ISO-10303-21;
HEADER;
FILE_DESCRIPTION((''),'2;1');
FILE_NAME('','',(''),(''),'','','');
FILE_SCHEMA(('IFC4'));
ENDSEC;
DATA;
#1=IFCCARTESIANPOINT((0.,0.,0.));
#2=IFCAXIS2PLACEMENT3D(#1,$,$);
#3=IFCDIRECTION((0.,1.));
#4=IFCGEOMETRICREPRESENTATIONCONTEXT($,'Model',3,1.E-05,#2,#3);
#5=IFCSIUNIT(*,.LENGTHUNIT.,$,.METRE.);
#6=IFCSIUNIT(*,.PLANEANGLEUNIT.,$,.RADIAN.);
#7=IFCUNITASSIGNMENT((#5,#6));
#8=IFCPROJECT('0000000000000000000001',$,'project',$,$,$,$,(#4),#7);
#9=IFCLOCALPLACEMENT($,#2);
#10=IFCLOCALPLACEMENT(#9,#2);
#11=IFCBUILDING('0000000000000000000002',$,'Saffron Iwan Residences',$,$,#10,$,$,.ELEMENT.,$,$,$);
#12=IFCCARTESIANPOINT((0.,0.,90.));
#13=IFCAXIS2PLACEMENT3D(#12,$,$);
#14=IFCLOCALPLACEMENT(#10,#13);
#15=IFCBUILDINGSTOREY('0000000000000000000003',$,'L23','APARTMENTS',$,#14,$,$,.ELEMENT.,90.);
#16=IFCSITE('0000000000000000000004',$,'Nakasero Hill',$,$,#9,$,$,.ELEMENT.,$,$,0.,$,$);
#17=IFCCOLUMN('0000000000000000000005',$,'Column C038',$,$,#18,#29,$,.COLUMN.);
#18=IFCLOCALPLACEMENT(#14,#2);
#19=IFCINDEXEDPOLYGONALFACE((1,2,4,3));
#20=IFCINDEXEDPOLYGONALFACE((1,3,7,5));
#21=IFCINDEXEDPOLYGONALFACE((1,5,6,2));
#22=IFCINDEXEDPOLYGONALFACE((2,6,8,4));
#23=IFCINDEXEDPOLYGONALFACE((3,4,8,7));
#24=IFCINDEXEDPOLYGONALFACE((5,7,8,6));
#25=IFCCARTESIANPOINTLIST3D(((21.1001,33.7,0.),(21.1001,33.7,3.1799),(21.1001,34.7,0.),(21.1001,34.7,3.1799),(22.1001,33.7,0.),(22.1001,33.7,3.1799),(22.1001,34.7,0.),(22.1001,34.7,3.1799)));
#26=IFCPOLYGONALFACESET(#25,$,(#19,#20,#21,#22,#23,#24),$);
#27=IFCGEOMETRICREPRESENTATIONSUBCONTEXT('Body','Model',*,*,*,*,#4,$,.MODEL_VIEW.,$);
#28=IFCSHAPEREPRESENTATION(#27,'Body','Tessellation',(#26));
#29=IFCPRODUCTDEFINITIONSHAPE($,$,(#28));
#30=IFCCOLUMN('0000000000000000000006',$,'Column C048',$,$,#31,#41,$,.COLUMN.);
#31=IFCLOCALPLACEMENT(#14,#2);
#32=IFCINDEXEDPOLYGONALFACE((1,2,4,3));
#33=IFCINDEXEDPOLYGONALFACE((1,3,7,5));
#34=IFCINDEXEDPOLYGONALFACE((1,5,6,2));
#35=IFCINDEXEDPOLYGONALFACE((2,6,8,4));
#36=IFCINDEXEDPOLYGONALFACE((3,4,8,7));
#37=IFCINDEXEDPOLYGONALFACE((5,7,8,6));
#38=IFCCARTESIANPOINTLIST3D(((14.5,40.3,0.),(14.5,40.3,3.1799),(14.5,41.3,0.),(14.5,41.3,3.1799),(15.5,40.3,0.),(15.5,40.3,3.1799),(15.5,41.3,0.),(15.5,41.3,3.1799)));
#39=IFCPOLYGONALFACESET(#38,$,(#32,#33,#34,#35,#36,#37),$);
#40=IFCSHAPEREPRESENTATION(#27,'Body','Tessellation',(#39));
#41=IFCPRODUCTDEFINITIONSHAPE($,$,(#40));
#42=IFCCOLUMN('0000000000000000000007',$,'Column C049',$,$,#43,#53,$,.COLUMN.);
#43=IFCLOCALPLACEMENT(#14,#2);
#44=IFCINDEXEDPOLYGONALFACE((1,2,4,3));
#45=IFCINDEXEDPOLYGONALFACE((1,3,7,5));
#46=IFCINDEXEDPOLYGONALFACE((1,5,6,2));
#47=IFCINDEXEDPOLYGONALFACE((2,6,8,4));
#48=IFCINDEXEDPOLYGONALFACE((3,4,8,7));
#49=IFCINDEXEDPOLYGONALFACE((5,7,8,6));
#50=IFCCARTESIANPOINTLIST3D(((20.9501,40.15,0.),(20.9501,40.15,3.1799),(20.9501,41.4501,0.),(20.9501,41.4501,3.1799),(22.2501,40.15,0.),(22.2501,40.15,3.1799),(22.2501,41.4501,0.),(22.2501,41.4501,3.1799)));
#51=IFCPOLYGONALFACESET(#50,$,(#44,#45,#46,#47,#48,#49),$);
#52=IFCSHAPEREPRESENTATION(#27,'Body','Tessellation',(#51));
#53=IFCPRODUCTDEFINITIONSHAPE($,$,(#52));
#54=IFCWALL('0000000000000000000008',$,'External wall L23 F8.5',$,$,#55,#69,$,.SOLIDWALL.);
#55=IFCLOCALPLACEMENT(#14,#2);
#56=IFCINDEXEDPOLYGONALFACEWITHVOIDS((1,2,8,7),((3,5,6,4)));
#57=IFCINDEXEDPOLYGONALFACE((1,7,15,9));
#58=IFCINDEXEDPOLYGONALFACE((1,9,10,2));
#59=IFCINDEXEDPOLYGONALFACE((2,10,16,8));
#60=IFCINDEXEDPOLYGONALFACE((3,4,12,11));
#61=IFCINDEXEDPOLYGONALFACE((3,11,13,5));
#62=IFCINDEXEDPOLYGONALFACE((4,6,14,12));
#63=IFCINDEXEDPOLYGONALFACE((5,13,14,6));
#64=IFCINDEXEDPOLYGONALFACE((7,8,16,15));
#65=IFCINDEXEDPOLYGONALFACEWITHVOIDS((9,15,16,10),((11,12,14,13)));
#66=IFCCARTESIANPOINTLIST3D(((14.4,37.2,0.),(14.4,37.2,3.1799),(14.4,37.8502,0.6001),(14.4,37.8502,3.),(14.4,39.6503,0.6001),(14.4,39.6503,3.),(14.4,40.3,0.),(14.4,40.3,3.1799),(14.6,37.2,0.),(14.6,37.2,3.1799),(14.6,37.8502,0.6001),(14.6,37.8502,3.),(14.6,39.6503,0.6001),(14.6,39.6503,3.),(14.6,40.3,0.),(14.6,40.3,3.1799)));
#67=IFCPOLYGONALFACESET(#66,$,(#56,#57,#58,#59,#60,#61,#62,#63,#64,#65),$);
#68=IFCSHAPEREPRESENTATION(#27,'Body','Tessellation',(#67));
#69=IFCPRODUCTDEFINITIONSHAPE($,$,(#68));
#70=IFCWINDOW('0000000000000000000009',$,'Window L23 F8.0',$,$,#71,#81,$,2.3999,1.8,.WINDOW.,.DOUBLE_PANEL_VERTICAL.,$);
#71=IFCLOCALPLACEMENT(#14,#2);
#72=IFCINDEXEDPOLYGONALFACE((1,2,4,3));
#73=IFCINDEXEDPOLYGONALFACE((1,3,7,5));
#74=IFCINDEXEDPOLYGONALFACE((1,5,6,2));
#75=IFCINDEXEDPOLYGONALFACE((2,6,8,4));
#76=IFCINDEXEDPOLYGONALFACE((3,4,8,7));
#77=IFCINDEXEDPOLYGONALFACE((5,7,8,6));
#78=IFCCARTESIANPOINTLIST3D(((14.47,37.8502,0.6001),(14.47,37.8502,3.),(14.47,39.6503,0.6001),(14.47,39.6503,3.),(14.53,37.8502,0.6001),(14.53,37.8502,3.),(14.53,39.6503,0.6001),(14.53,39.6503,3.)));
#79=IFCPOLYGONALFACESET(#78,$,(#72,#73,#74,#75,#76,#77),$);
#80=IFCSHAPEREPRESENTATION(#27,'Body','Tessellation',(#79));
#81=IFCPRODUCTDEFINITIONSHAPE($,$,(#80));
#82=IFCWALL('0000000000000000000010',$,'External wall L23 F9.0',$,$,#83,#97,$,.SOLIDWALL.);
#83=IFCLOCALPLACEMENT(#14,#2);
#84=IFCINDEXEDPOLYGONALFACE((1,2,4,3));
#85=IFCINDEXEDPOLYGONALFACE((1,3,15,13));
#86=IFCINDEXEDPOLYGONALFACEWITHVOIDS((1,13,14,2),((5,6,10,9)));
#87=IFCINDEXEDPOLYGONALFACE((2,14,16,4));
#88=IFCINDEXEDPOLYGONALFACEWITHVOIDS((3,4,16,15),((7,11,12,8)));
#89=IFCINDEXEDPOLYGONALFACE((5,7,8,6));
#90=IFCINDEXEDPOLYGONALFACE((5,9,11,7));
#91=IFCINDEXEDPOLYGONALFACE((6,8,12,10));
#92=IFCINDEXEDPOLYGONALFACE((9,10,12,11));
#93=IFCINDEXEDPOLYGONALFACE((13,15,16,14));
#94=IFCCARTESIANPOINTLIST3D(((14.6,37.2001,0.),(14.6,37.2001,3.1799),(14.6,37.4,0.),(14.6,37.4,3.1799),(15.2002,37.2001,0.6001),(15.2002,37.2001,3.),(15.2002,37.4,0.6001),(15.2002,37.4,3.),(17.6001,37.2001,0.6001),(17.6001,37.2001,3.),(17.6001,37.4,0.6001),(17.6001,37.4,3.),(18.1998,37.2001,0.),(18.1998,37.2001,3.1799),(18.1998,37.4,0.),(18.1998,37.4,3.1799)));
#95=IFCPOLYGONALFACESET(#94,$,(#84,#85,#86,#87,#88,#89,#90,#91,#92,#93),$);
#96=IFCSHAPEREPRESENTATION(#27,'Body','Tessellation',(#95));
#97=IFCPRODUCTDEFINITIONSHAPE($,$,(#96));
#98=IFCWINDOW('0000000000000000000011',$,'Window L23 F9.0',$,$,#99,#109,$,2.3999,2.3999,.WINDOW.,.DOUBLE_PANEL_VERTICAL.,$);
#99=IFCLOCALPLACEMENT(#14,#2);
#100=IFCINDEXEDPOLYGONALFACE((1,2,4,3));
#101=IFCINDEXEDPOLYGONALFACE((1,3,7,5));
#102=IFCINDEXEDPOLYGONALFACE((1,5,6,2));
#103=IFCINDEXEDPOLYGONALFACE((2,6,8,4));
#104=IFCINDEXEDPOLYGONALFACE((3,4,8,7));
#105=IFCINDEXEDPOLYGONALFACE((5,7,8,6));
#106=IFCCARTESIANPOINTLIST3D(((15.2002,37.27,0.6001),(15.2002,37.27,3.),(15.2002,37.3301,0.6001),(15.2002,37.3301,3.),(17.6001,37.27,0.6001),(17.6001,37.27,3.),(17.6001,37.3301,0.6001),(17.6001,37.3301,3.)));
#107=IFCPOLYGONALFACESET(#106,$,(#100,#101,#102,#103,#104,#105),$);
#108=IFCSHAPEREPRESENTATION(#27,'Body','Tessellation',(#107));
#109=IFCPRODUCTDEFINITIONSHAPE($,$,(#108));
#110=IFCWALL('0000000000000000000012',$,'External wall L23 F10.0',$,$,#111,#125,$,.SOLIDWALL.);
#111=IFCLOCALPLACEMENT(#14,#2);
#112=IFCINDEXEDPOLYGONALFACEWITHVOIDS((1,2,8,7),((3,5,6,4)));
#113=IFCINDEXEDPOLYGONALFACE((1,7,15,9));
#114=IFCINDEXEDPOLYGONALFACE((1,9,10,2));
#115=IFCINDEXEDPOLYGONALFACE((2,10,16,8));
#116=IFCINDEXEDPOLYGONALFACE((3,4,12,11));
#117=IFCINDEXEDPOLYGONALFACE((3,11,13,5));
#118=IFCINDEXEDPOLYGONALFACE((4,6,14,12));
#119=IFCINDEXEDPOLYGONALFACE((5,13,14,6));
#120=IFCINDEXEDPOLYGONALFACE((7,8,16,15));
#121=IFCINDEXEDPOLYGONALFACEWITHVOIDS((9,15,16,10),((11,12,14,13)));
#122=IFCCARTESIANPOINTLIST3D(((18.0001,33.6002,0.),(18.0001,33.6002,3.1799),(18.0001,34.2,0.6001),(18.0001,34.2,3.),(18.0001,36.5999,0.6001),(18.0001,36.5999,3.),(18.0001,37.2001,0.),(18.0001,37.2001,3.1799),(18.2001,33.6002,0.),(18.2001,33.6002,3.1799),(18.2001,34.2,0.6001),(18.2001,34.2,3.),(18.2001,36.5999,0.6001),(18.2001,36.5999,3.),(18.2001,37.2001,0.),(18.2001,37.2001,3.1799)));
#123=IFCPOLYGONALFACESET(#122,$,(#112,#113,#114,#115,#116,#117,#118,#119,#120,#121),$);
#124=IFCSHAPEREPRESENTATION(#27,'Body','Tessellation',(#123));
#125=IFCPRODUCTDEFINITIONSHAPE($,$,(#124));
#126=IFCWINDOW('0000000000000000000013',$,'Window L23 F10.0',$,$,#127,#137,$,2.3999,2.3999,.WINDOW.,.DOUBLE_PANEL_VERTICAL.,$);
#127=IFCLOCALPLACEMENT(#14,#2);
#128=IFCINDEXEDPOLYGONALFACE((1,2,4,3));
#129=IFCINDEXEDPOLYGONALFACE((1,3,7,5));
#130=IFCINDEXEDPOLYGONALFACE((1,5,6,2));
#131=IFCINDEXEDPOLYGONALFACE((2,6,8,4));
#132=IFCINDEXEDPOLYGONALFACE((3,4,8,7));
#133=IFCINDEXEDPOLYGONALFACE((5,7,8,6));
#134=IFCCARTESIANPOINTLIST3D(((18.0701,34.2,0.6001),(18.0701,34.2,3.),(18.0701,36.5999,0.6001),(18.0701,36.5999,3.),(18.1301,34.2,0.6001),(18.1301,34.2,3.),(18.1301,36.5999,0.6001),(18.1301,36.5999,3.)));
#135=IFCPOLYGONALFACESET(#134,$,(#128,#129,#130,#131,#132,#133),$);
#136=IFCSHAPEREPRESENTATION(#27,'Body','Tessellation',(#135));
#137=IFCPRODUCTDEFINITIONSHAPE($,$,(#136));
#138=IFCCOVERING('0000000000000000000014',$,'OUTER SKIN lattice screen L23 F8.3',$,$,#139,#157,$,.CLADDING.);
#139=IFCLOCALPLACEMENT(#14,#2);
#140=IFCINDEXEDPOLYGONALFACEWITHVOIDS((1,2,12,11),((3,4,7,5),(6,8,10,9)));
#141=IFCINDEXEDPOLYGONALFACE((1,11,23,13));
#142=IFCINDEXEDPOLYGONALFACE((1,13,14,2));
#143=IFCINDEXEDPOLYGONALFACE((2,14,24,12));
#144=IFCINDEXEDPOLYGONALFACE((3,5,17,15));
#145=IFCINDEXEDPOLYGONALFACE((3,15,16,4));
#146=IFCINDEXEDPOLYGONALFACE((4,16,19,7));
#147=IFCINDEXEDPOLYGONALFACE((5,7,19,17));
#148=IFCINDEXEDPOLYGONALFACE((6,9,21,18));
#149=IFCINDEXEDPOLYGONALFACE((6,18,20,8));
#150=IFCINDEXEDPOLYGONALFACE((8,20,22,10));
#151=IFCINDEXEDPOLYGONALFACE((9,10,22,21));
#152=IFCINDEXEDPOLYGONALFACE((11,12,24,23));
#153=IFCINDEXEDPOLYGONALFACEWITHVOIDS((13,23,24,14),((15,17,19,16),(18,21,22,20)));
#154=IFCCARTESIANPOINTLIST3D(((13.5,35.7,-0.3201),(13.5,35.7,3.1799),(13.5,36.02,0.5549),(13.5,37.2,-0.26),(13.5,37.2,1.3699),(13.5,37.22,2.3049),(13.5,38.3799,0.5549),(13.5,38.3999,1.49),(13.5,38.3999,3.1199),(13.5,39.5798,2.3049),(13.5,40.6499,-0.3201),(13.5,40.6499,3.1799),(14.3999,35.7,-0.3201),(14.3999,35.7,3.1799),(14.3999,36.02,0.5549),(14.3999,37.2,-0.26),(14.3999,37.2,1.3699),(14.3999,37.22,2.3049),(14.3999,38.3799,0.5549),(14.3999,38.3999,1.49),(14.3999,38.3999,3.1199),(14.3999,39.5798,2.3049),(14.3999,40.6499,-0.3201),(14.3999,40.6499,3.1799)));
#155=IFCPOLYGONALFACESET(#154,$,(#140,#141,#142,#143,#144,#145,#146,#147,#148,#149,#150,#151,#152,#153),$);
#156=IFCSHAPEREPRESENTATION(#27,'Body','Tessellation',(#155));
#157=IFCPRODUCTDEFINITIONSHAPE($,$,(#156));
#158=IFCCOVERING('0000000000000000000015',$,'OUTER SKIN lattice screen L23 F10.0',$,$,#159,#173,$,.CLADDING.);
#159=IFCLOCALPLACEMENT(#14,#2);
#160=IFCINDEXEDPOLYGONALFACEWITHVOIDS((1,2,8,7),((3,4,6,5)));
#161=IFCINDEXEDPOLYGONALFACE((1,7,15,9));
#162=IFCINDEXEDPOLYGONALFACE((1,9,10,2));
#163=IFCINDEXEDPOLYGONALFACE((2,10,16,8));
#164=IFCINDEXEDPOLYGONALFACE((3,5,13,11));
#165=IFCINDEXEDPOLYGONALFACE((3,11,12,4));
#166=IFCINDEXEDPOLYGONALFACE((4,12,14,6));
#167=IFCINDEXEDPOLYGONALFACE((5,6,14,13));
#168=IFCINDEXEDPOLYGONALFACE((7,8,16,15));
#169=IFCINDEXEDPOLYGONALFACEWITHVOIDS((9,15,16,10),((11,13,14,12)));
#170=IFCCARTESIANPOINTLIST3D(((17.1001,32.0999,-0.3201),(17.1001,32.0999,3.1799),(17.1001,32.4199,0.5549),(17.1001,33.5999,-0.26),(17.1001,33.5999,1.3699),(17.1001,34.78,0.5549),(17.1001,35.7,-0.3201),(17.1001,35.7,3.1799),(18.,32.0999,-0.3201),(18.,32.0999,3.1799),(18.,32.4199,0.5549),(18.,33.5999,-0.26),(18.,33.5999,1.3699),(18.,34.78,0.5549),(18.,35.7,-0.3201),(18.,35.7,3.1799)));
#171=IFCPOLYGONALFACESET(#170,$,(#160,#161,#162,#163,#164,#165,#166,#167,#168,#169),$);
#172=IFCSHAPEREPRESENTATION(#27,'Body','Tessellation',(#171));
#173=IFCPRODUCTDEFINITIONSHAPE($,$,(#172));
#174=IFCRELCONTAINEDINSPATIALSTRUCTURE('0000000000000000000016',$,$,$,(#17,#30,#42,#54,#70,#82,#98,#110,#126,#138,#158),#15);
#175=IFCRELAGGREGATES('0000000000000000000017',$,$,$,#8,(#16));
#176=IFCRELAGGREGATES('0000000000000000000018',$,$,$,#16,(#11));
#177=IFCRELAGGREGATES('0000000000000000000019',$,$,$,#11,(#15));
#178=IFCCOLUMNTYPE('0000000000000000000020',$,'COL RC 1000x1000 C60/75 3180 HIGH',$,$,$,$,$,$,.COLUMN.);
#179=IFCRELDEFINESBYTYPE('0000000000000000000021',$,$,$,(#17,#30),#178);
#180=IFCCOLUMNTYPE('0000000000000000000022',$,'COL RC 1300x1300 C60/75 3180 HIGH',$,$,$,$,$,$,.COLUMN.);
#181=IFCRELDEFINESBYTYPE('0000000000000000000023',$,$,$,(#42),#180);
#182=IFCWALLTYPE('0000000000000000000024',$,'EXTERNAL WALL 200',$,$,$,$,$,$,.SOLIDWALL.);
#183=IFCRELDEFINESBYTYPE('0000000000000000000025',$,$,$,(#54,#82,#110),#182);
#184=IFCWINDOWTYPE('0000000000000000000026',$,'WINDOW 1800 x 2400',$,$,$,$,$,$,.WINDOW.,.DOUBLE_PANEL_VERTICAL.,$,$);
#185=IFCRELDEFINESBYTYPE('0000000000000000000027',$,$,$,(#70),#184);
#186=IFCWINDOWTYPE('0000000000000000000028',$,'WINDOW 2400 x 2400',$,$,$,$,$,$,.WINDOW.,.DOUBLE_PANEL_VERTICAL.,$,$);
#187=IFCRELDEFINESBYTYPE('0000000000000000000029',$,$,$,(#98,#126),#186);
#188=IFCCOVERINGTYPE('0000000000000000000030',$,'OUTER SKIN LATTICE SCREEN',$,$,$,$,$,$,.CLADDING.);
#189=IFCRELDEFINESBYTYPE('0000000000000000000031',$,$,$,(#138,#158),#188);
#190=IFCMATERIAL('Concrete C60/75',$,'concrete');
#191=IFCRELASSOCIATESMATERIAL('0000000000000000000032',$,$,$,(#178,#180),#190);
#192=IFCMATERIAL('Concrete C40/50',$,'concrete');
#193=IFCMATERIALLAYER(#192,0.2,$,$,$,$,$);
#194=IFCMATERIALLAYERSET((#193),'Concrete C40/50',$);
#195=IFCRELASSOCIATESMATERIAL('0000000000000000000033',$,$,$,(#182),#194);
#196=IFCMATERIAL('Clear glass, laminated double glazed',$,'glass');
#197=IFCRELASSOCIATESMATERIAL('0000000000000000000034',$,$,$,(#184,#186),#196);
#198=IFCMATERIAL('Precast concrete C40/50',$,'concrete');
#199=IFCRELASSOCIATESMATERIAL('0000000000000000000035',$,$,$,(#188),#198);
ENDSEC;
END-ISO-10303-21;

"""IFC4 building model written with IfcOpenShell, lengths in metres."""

from ifc_helpers import new_model, si_unit, direction, frame, frame_2d, origin, origin_2d, place, context, subcontext, project, spatial, polyline, rectangle, outline, extrude, source, transform, mapped, material, layer, layer_set, material_profile, profile_set, type_object, element, fill, save


model = new_model("IFC4")

# Units and contexts
model_context = context("Model", 3, precision=1e-05, world=origin(), true_north=direction((0.0, 1.0)))
body_context = subcontext(model_context, "Body", "Model", "MODEL_VIEW")
ifc_project = project(units=[si_unit("LENGTHUNIT", "METRE"), si_unit("PLANEANGLEUNIT", "RADIAN")], contexts=[model_context])

# Site, building, storey
site_placement = place(None, origin())
site = spatial("IfcSite", under=ifc_project, at=site_placement, Name="Nakasero Hill", CompositionType="ELEMENT", RefElevation=0.0)
building_placement = place(site_placement, origin())
building = spatial("IfcBuilding", under=site, at=building_placement, Name="Saffron Iwan Residences", CompositionType="ELEMENT")
storey_placement = place(building_placement, frame((0.0, 0.0, 90.0)))
storey = spatial("IfcBuildingStorey", under=building, at=storey_placement, Name="L23", Description="APARTMENTS", CompositionType="ELEMENT", Elevation=90.0)

# Columns
ifc_material_1 = material(Name="Concrete C60/75", Category="concrete")
ifc_material_profile_1 = material_profile(ifc_material_1, rectangle(XDim=1.0, YDim=1.0, at=origin_2d()), Name="RC 1000x1000")
ifc_profile_set_1 = profile_set([ifc_material_profile_1], Name="Concrete C60/75")
column_type_1 = type_object("IfcColumnType", Name="COL RC 1000x1000 C60/75 3180 HIGH", PredefinedType="COLUMN", material=ifc_profile_set_1)
shared_shape_1 = source(origin(), body_context, "Body", "SweptSolid", [
    extrude(rectangle(XDim=1.0, YDim=1.0, at=origin_2d()), origin(), (0.0, 0.0, 1.0), 3.1799),
])
for number, where, z_axis, x_axis, name in (
    (1, (21.6001, 34.2, 0.0), (0.0, 0.0, 1.0), (1.0, 0.0, 0.0), "Column C038"),
    (2, (15.0, 40.8, 0.0), (0.0, 0.0, 1.0), (1.0, 0.0, 0.0), "Column C048"),
):
    element("IfcColumn", number, at=place(storey_placement, frame(where, z_axis=z_axis, x_axis=x_axis)), inside=storey, type_object=column_type_1, Name=name, PredefinedType="COLUMN", context=body_context, shape_type="MappedRepresentation", body=[
        mapped(shared_shape_1, transform((0.0, 0.0, 0.0))),
    ])
ifc_material_profile_2 = material_profile(ifc_material_1, rectangle(XDim=1.3, YDim=1.3, at=origin_2d()), Name="RC 1300x1300")
ifc_profile_set_2 = profile_set([ifc_material_profile_2], Name="Concrete C60/75")
column_type_2 = type_object("IfcColumnType", Name="COL RC 1300x1300 C60/75 3180 HIGH", PredefinedType="COLUMN", material=ifc_profile_set_2)
shared_shape_2 = source(origin(), body_context, "Body", "SweptSolid", [
    extrude(rectangle(XDim=1.3, YDim=1.3, at=origin_2d()), origin(), (0.0, 0.0, 1.0), 3.1799),
])
column_placement = place(storey_placement, frame((21.6001, 40.8, 0.0), z_axis=(0.0, 0.0, 1.0), x_axis=(1.0, 0.0, 0.0)))
element("IfcColumn", 3, at=column_placement, inside=storey, type_object=column_type_2, Name="Column C049", PredefinedType="COLUMN", context=body_context, shape_type="MappedRepresentation", body=[
    mapped(shared_shape_2, transform((0.0, 0.0, 0.0))),
])

# Walls, openings, windows
ifc_material_2 = material(Name="Concrete C40/50", Category="concrete")
ifc_layer = layer(ifc_material_2, 0.2)
ifc_layer_set = layer_set([ifc_layer], Name="Concrete C40/50")
wall_type = type_object("IfcWallType", Name="EXTERNAL WALL 200", PredefinedType="SOLIDWALL", material=ifc_layer_set)
wall_1_placement = place(storey_placement, frame((14.5, 40.3, 0.0), z_axis=(0.0, 0.0, 1.0), x_axis=(0.0, -1.0, 0.0)))
wall_1 = element("IfcWall", 4, at=wall_1_placement, inside=storey, type_object=wall_type, Name="External wall L23 F8.5", PredefinedType="SOLIDWALL", context=body_context, shape_type="SweptSolid", body=[
    extrude(rectangle(XDim=3.1001, YDim=0.2, at=frame_2d((1.55, 0.0))), origin(), (0.0, 0.0, 1.0), 3.1799),
])
opening_1_placement = place(wall_1_placement, frame((0.6499, 0.0, 0.6001)))
opening_1 = element("IfcOpeningElement", 5, at=opening_1_placement, cuts=wall_1, PredefinedType="OPENING", context=body_context, shape_type="SweptSolid", body=[
    extrude(rectangle(XDim=1.8, YDim=2.3999, at=frame_2d((0.8999, 1.2))), frame((0.0, 0.1099, 0.0), z_axis=(0.0, -1.0, 0.0), x_axis=(1.0, 0.0, 0.0)), (0.0, 0.0, 1.0), 0.22),
])
ifc_material_3 = material(Name="Clear glass, laminated double glazed", Category="glass")
window_type_1 = type_object("IfcWindowType", Name="WINDOW 1800 x 2400", PartitioningType="DOUBLE_PANEL_VERTICAL", PredefinedType="WINDOW", material=ifc_material_3)
window_1_placement = place(opening_1_placement, origin())
window_1 = element("IfcWindow", 6, at=window_1_placement, inside=storey, type_object=window_type_1, Name="Window L23 F8.0", OverallHeight=2.3999, OverallWidth=1.8, PartitioningType="DOUBLE_PANEL_VERTICAL", PredefinedType="WINDOW", context=body_context, shape_type="SweptSolid", body=[
    extrude(rectangle(XDim=1.8, YDim=2.3999, at=frame_2d((0.8999, 1.2))), frame((0.0, 0.03, 0.0), z_axis=(0.0, -1.0, 0.0), x_axis=(1.0, 0.0, 0.0)), (0.0, 0.0, 1.0), 0.0601),
])
fill(opening_1, window_1)
wall_2_placement = place(storey_placement, frame((14.6001, 37.3, 0.0), z_axis=(0.0, 0.0, 1.0), x_axis=(1.0, 0.0, 0.0)))
wall_2 = element("IfcWall", 7, at=wall_2_placement, inside=storey, type_object=wall_type, Name="External wall L23 F9.0", PredefinedType="SOLIDWALL", context=body_context, shape_type="SweptSolid", body=[
    extrude(rectangle(XDim=3.5999, YDim=0.2, at=frame_2d((1.7998, 0.0))), origin(), (0.0, 0.0, 1.0), 3.1799),
])
opening_2_placement = place(wall_2_placement, frame((0.6001, 0.0, 0.6001)))
opening_2 = element("IfcOpeningElement", 8, at=opening_2_placement, cuts=wall_2, PredefinedType="OPENING", context=body_context, shape_type="SweptSolid", body=[
    extrude(rectangle(XDim=2.3999, YDim=2.3999, at=frame_2d((1.2, 1.2))), frame((0.0, 0.1099, 0.0), z_axis=(0.0, -1.0, 0.0), x_axis=(1.0, 0.0, 0.0)), (0.0, 0.0, 1.0), 0.22),
])
window_type_2 = type_object("IfcWindowType", Name="WINDOW 2400 x 2400", PartitioningType="DOUBLE_PANEL_VERTICAL", PredefinedType="WINDOW", material=ifc_material_3)
window_2_placement = place(opening_2_placement, origin())
window_2 = element("IfcWindow", 9, at=window_2_placement, inside=storey, type_object=window_type_2, Name="Window L23 F9.0", OverallHeight=2.3999, OverallWidth=2.3999, PartitioningType="DOUBLE_PANEL_VERTICAL", PredefinedType="WINDOW", context=body_context, shape_type="SweptSolid", body=[
    extrude(rectangle(XDim=2.3999, YDim=2.3999, at=frame_2d((1.2, 1.2))), frame((0.0, 0.03, 0.0), z_axis=(0.0, -1.0, 0.0), x_axis=(1.0, 0.0, 0.0)), (0.0, 0.0, 1.0), 0.0601),
])
fill(opening_2, window_2)
wall_3_placement = place(storey_placement, frame((18.1001, 37.2, 0.0), z_axis=(0.0, 0.0, 1.0), x_axis=(0.0, -1.0, 0.0)))
wall_3 = element("IfcWall", 10, at=wall_3_placement, inside=storey, type_object=wall_type, Name="External wall L23 F10.0", PredefinedType="SOLIDWALL", context=body_context, shape_type="SweptSolid", body=[
    extrude(rectangle(XDim=3.5999, YDim=0.2, at=frame_2d((1.7998, 0.0))), origin(), (0.0, 0.0, 1.0), 3.1799),
])
opening_3_placement = place(wall_3_placement, frame((0.6001, 0.0, 0.6001)))
opening_3 = element("IfcOpeningElement", 11, at=opening_3_placement, cuts=wall_3, PredefinedType="OPENING", context=body_context, shape_type="SweptSolid", body=[
    extrude(rectangle(XDim=2.3999, YDim=2.3999, at=frame_2d((1.2, 1.2))), frame((0.0, 0.1099, 0.0), z_axis=(0.0, -1.0, 0.0), x_axis=(1.0, 0.0, 0.0)), (0.0, 0.0, 1.0), 0.22),
])
window_3_placement = place(opening_3_placement, origin())
window_3 = element("IfcWindow", 12, at=window_3_placement, inside=storey, type_object=window_type_2, Name="Window L23 F10.0", OverallHeight=2.3999, OverallWidth=2.3999, PartitioningType="DOUBLE_PANEL_VERTICAL", PredefinedType="WINDOW", context=body_context, shape_type="SweptSolid", body=[
    extrude(rectangle(XDim=2.3999, YDim=2.3999, at=frame_2d((1.2, 1.2))), frame((0.0, 0.03, 0.0), z_axis=(0.0, -1.0, 0.0), x_axis=(1.0, 0.0, 0.0)), (0.0, 0.0, 1.0), 0.0601),
])
fill(opening_3, window_3)

# Coverings
ifc_material_4 = material(Name="Precast concrete C40/50", Category="concrete")
covering_type_1 = type_object("IfcCoveringType", Name="OUTER SKIN LATTICE SCREEN", PredefinedType="CLADDING", material=ifc_material_4)
covering_1_placement = place(storey_placement, frame((14.3999, 40.6499, -0.3201), z_axis=(-1.0, 0.0, 0.0), x_axis=(0.0, -1.0, 0.0)))
element("IfcCovering", 13, at=covering_1_placement, inside=storey, type_object=covering_type_1, Name="OUTER SKIN lattice screen L23 F8.3", PredefinedType="CLADDING", context=body_context, shape_type="SweptSolid", body=[
    extrude(outline(polyline([(0.0, 0.0), (4.95, 0.0), (4.95, 3.5), (0.0, 3.5), (0.0, 0.0)]), holes=[polyline([(2.27, 0.875), (3.45, 0.0601), (4.6299, 0.875), (3.45, 1.6899), (2.27, 0.875)]), polyline([(1.0701, 2.625), (2.25, 1.8101), (3.4299, 2.625), (2.25, 3.4399), (1.0701, 2.625)])]), origin(), (0.0, 0.0, 1.0), 0.8999),
])
covering_2_placement = place(storey_placement, frame((18.0, 35.7, -0.3201), z_axis=(-1.0, 0.0, 0.0), x_axis=(0.0, -1.0, 0.0)))
element("IfcCovering", 14, at=covering_2_placement, inside=storey, type_object=covering_type_1, Name="OUTER SKIN lattice screen L23 F10.0", PredefinedType="CLADDING", context=body_context, shape_type="SweptSolid", body=[
    extrude(outline(polyline([(0.0, 0.0), (3.6001, 0.0), (3.6001, 3.5), (0.0, 3.5), (0.0, 0.0)]), holes=[polyline([(0.9199, 0.875), (2.1001, 0.0601), (3.28, 0.875), (2.1001, 1.6899), (0.9199, 0.875)])]), origin(), (0.0, 0.0, 1.0), 0.8999),
])

save(model, "model.ifc")
